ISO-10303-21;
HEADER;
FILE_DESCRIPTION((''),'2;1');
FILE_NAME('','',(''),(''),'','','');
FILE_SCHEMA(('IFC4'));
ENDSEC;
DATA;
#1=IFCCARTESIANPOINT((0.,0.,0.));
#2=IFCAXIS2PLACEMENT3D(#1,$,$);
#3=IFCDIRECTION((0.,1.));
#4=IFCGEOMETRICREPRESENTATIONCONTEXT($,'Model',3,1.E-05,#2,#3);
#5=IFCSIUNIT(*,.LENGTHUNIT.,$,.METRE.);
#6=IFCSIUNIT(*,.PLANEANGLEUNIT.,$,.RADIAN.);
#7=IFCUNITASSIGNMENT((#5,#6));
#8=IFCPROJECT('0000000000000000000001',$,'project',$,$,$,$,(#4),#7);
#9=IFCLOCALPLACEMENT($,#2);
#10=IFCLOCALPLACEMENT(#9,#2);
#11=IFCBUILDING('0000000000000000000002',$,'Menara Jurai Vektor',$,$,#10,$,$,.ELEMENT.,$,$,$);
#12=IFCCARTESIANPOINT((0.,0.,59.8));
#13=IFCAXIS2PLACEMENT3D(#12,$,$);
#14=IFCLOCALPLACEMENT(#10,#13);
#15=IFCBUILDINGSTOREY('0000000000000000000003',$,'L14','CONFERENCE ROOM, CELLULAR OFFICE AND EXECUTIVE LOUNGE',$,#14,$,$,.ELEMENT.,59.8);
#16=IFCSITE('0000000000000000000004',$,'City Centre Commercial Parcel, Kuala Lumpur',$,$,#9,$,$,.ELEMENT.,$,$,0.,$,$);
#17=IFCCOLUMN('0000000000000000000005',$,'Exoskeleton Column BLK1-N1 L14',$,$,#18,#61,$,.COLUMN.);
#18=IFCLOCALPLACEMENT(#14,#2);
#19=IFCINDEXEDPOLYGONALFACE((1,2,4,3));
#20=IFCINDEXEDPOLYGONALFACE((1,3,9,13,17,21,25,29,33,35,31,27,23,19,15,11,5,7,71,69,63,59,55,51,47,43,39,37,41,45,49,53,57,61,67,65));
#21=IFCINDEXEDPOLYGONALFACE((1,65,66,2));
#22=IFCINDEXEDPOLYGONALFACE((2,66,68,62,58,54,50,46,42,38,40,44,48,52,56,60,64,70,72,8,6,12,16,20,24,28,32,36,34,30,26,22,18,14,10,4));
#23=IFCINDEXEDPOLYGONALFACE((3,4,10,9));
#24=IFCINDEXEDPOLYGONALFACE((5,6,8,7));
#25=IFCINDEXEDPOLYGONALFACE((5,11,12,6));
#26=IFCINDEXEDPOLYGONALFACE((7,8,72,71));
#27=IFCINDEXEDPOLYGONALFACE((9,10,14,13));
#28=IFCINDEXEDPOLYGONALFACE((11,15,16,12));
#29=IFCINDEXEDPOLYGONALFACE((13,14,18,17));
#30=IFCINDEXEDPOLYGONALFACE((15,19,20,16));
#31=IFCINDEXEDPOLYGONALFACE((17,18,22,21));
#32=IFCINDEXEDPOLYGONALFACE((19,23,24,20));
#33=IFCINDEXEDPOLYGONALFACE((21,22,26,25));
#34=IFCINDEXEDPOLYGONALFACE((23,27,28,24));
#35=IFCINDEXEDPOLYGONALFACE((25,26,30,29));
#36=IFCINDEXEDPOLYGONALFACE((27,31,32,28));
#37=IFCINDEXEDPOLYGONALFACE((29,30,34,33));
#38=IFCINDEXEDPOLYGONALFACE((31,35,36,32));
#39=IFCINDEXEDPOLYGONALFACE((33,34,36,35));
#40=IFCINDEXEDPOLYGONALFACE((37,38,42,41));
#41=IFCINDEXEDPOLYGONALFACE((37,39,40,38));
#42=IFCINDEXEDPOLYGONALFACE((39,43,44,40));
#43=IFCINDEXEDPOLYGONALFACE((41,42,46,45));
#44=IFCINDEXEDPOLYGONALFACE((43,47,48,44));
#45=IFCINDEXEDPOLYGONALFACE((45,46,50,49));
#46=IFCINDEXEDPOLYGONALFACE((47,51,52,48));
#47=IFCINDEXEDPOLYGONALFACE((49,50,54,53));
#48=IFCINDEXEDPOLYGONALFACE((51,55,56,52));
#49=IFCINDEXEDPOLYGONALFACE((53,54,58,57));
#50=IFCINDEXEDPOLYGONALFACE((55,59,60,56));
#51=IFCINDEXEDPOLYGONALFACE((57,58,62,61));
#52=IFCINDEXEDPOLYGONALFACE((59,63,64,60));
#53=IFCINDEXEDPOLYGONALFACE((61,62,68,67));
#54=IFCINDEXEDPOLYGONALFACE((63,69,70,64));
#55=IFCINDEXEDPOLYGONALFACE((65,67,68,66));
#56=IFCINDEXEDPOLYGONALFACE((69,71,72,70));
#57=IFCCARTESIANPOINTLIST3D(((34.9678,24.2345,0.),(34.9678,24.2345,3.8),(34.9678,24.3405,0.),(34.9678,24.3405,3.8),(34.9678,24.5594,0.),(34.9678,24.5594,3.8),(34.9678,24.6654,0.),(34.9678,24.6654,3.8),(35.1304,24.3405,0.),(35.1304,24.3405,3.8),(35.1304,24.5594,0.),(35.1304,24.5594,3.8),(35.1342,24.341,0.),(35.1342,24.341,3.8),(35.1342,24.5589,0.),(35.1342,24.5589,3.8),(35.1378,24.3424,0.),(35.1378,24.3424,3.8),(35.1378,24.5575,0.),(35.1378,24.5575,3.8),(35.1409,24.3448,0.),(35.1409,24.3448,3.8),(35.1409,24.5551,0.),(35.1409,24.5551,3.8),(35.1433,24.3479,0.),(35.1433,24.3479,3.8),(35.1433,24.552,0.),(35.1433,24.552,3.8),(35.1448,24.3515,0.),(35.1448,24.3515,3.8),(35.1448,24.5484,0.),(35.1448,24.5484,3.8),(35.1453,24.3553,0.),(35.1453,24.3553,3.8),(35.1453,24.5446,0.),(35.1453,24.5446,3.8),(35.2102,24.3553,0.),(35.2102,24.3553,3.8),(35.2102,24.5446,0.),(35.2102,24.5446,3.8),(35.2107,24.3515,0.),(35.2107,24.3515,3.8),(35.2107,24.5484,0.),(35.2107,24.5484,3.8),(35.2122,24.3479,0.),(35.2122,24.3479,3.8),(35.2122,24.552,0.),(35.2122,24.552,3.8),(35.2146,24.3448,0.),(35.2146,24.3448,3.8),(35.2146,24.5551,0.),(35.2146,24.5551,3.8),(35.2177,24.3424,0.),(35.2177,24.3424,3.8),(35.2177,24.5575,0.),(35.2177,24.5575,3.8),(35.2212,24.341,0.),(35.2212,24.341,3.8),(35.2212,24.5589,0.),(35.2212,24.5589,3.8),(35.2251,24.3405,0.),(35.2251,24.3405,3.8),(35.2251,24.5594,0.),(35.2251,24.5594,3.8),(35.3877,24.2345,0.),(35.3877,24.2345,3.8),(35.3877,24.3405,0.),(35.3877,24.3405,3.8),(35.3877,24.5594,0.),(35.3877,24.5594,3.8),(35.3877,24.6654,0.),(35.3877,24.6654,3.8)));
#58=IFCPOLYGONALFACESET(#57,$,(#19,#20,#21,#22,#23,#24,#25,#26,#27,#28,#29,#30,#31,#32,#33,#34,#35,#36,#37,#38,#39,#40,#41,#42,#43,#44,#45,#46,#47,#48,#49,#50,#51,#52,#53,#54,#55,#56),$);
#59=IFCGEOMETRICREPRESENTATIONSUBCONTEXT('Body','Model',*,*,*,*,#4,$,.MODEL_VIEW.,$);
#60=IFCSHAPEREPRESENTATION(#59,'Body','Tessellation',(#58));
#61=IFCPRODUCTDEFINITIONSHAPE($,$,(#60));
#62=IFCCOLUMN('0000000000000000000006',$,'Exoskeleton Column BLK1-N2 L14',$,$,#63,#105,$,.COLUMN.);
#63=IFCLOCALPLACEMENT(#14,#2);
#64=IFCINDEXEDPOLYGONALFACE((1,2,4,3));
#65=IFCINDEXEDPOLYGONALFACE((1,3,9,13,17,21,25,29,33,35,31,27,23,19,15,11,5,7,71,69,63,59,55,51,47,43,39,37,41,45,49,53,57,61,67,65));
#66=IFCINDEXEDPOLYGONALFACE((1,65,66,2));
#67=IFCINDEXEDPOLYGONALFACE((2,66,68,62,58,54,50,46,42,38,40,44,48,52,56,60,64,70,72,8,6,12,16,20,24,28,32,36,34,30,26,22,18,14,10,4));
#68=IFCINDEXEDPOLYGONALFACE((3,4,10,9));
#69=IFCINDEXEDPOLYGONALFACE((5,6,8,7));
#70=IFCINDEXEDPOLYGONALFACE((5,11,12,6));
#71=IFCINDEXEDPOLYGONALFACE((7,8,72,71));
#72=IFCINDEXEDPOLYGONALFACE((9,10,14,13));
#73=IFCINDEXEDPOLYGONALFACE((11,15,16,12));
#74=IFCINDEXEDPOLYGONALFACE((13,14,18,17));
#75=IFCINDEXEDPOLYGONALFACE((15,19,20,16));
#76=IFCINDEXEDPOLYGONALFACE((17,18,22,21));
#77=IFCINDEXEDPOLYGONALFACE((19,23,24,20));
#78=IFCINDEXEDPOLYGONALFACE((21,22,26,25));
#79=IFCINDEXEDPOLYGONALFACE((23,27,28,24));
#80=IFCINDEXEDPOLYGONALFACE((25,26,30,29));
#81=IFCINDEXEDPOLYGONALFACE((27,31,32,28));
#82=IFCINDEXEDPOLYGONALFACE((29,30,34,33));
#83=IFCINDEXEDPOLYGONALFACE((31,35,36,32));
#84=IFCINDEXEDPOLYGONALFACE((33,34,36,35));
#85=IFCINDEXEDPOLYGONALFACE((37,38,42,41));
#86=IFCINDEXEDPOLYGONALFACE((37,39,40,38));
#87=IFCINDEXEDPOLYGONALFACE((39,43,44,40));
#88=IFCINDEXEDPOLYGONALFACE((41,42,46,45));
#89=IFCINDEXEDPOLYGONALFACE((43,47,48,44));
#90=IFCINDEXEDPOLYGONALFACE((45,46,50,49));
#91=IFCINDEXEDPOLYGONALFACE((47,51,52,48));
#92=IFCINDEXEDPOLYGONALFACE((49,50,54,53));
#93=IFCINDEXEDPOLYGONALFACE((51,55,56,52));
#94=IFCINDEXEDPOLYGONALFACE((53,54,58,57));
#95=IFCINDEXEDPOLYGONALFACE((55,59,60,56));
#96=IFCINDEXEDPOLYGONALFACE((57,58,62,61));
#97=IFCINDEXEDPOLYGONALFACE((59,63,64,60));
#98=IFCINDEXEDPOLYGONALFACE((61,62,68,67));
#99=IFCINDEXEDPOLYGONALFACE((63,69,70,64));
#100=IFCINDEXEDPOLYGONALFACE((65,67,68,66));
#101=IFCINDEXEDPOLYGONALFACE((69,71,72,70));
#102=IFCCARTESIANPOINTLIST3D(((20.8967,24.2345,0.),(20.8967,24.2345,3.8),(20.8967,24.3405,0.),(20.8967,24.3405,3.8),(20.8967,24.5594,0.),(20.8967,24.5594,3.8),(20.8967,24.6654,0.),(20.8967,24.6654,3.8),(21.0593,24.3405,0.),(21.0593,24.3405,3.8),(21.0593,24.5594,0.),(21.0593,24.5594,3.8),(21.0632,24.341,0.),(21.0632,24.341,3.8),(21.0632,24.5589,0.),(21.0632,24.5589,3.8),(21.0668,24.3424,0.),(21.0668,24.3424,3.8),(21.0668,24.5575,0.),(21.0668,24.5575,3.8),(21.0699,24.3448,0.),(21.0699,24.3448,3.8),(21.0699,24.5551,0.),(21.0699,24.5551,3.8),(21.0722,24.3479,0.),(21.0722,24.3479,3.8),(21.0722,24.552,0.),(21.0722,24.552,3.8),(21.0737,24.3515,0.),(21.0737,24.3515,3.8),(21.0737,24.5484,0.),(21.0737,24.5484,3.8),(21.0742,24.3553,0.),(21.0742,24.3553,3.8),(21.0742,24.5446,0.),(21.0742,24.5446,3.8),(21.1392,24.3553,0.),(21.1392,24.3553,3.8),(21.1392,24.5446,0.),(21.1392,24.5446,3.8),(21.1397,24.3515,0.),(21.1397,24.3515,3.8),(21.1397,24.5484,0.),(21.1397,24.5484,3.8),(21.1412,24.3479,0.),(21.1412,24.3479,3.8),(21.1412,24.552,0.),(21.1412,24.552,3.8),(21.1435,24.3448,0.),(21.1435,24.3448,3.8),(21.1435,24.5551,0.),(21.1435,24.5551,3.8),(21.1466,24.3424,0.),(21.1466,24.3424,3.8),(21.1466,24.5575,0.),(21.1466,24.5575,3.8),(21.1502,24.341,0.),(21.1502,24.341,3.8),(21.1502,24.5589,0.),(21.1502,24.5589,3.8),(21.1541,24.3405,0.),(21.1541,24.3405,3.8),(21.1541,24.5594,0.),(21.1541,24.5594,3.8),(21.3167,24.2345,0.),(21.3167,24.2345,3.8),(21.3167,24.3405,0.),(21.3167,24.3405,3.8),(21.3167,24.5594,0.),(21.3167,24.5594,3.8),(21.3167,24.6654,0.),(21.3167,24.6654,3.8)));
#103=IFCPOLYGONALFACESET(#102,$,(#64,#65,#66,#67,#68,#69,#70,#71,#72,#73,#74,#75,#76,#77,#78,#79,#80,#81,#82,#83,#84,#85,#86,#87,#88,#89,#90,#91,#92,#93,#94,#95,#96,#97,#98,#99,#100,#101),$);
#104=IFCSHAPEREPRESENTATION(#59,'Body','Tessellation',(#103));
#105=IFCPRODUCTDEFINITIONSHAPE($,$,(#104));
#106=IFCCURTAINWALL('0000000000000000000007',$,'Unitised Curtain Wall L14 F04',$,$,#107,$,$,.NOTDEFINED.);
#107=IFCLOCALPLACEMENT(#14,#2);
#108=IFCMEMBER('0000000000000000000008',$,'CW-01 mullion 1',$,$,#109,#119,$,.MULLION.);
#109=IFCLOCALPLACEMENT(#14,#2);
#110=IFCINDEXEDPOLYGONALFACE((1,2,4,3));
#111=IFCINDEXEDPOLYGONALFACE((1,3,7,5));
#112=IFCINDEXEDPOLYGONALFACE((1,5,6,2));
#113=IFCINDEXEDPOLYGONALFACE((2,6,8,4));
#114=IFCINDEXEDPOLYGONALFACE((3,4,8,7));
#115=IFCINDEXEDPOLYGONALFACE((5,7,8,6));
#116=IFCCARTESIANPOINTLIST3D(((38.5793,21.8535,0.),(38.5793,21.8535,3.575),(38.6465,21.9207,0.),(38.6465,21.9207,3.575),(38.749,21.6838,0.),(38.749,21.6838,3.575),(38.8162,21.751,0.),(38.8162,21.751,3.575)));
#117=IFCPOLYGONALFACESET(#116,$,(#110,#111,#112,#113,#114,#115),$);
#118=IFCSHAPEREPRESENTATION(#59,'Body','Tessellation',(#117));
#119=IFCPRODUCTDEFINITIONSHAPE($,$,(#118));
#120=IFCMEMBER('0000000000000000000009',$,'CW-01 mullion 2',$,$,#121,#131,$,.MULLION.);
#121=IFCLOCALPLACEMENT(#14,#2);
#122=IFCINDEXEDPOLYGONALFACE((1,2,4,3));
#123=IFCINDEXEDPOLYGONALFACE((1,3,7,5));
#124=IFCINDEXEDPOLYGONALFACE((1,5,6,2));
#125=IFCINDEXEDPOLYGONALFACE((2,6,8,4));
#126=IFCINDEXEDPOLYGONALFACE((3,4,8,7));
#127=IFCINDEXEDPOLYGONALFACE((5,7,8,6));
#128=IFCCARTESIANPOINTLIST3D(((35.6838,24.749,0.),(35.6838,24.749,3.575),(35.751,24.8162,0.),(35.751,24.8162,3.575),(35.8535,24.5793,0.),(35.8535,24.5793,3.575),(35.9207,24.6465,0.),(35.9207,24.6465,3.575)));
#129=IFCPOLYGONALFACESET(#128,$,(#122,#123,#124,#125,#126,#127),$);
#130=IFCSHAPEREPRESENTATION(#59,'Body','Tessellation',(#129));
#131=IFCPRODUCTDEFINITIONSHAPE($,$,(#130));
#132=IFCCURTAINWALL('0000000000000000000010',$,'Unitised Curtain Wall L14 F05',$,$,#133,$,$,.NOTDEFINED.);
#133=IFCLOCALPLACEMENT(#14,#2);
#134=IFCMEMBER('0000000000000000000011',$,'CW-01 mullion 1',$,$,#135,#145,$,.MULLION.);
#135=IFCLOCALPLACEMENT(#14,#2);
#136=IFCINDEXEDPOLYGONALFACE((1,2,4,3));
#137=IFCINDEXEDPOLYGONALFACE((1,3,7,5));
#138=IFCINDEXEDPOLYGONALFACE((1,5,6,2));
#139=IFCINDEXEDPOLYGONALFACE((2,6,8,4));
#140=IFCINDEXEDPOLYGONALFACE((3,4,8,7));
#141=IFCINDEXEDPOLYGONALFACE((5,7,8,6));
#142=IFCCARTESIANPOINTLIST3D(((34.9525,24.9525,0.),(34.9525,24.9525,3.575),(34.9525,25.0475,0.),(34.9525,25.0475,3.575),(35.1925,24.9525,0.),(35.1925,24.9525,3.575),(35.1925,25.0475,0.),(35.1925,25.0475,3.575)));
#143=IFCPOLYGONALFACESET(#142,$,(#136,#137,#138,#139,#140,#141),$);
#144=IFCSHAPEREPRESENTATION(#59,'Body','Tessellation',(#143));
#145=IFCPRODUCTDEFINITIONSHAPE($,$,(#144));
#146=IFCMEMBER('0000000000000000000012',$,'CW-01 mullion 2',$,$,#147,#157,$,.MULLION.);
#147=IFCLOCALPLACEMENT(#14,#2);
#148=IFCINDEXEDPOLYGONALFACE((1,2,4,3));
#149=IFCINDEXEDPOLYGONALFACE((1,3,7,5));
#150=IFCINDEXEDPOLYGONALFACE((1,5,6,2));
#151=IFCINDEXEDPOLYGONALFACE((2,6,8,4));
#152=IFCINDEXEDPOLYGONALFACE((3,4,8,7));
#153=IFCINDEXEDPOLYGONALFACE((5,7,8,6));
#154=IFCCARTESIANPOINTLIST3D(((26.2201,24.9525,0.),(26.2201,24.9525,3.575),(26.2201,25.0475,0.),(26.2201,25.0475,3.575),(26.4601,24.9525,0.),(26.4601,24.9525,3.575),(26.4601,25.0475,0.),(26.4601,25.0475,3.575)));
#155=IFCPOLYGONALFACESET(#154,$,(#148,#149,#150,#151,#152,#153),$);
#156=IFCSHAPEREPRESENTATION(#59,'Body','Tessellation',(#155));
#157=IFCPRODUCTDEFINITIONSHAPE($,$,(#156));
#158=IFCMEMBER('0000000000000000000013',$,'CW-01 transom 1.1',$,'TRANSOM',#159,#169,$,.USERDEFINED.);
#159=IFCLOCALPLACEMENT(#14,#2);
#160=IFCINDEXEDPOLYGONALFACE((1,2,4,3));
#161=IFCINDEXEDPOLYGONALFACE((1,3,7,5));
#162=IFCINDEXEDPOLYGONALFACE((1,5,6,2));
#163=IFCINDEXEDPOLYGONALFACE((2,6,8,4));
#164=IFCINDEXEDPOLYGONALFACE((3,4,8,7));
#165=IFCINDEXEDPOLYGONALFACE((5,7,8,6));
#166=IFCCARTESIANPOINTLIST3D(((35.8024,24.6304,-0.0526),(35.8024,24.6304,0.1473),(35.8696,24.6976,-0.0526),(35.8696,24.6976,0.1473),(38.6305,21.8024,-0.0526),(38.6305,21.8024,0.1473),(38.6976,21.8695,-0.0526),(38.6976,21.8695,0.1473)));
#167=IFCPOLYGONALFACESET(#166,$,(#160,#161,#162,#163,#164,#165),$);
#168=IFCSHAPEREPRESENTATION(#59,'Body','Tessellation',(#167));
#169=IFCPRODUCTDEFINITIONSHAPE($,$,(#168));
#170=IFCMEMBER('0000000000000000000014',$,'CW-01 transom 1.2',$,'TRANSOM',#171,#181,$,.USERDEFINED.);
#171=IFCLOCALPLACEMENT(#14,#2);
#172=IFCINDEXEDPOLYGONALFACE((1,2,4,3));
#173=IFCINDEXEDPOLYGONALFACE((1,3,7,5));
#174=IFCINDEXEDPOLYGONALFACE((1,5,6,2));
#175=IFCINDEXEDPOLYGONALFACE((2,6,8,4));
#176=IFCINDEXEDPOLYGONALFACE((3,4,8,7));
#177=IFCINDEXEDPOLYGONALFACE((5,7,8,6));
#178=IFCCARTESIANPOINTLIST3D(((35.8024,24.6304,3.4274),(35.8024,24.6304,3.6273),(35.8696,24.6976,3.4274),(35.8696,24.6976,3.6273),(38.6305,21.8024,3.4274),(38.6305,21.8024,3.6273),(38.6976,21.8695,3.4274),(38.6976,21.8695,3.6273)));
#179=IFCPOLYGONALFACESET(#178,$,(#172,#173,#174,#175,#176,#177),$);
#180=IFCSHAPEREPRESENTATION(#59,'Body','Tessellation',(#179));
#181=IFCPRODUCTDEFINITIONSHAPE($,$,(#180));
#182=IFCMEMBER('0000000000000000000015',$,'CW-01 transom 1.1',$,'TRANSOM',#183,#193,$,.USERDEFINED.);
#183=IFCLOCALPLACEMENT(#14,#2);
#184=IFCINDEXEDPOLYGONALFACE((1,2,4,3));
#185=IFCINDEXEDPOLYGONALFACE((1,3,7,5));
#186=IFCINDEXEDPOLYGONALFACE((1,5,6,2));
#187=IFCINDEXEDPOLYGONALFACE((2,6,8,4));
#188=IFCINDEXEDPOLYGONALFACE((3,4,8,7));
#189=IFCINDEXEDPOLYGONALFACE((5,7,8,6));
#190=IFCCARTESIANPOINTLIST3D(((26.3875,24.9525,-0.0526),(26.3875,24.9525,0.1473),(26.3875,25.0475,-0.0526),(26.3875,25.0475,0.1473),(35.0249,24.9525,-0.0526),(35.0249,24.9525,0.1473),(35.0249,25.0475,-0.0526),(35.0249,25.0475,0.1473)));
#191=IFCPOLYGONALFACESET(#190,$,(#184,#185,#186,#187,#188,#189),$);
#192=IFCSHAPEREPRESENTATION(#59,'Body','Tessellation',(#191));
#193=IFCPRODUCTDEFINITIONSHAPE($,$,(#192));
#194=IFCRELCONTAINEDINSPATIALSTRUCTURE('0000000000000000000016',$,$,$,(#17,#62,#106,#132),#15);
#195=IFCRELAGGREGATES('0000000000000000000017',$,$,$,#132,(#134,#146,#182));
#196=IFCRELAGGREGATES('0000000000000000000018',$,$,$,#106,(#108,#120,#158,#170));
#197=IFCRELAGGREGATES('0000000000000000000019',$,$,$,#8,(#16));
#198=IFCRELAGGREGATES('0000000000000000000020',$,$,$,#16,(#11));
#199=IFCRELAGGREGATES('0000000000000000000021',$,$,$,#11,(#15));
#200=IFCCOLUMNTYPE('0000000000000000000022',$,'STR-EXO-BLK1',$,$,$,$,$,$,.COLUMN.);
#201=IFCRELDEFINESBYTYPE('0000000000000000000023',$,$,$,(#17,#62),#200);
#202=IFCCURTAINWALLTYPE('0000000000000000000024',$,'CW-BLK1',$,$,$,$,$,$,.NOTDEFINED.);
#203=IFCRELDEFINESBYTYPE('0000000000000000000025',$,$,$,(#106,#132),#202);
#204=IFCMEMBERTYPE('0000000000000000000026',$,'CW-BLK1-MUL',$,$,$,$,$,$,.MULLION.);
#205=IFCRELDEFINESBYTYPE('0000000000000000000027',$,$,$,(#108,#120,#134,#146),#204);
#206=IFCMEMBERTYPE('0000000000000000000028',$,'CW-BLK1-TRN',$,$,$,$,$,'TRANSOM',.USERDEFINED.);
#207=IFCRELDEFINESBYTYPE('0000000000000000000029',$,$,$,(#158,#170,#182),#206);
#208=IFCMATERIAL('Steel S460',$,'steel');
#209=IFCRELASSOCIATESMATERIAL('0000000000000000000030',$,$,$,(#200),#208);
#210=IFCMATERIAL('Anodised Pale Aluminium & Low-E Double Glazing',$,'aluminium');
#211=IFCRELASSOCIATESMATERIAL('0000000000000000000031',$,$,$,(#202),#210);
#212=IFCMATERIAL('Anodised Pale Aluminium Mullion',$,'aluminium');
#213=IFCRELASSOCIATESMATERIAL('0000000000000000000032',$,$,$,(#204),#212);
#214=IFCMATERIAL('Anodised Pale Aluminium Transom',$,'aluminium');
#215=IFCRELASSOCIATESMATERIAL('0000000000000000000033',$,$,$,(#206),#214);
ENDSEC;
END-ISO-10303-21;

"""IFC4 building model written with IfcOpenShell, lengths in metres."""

from ifc_helpers import new_model, si_unit, direction, frame, origin, origin_2d, place, context, subcontext, project, spatial, rectangle, i_section, extrude, material, material_profile, profile_set, type_object, element, aggregate, save


model = new_model("IFC4")

# Units and contexts
model_context = context("Model", 3, precision=1e-05, world=origin(), true_north=direction((0.0, 1.0)))
body_context = subcontext(model_context, "Body", "Model", "MODEL_VIEW")
ifc_project = project(units=[si_unit("LENGTHUNIT", "METRE"), si_unit("PLANEANGLEUNIT", "RADIAN")], contexts=[model_context])

# Site, building, storey
site_placement = place(None, origin())
site = spatial("IfcSite", under=ifc_project, at=site_placement, Name="City Centre Commercial Parcel, Kuala Lumpur", CompositionType="ELEMENT", RefElevation=0.0)
building_placement = place(site_placement, origin())
building = spatial("IfcBuilding", under=site, at=building_placement, Name="Menara Jurai Vektor", CompositionType="ELEMENT")
storey_placement = place(building_placement, frame((0.0, 0.0, 59.8)))
storey = spatial("IfcBuildingStorey", under=building, at=storey_placement, Name="L14", Description="CONFERENCE ROOM, CELLULAR OFFICE AND EXECUTIVE LOUNGE", CompositionType="ELEMENT", Elevation=59.8)

# Columns
ifc_material_1 = material(Name="Steel S460", Category="steel")
ifc_material_profile_1 = material_profile(ifc_material_1, i_section(OverallWidth=0.4199, OverallDepth=0.4309, WebThickness=0.0649, FlangeThickness=0.106, FilletRadius=0.0149, at=origin_2d()), Name="HD 400x900")
ifc_profile_set_1 = profile_set([ifc_material_profile_1], Name="Steel S460")
column_type = type_object("IfcColumnType", Name="STR-EXO-BLK1", PredefinedType="COLUMN", material=ifc_profile_set_1)
for number, where, z_axis, x_axis, name in (
    (1, (35.1777, 24.45, 0.0), (0.0, 0.0, 1.0), (1.0, 0.0, 0.0), "Exoskeleton Column BLK1-N1 L14"),
    (2, (21.1067, 24.45, 0.0), (0.0, 0.0, 1.0), (1.0, 0.0, 0.0), "Exoskeleton Column BLK1-N2 L14"),
):
    element("IfcColumn", number, at=place(storey_placement, frame(where, z_axis=z_axis, x_axis=x_axis)), inside=storey, type_object=column_type, Name=name, PredefinedType="COLUMN", context=body_context, shape_type="SweptSolid", body=[
        extrude(i_section(OverallWidth=0.4199, OverallDepth=0.4309, WebThickness=0.0649, FlangeThickness=0.106, FilletRadius=0.0149, at=origin_2d()), origin(), (0.0, 0.0, 1.0), 3.8),
    ])

# Curtain walls, members
ifc_material_2 = material(Name="Anodised Pale Aluminium & Low-E Double Glazing", Category="aluminium")
curtain_wall_type = type_object("IfcCurtainWallType", Name="CW-BLK1", PredefinedType="NOTDEFINED", material=ifc_material_2)
curtain_wall_1_placement = place(storey_placement, origin())
curtain_wall_1 = element("IfcCurtainWall", 3, at=curtain_wall_1_placement, inside=storey, type_object=curtain_wall_type, Name="Unitised Curtain Wall L14 F04", PredefinedType="NOTDEFINED")
ifc_material_3 = material(Name="Anodised Pale Aluminium Mullion", Category="aluminium")
ifc_material_profile_2 = material_profile(ifc_material_3, rectangle(XDim=0.095, YDim=0.24, at=origin_2d()), Name="ALU MUL 95x240")
ifc_profile_set_2 = profile_set([ifc_material_profile_2], Name="Anodised Pale Aluminium Mullion")
member_type_1 = type_object("IfcMemberType", Name="CW-BLK1-MUL", PredefinedType="MULLION", material=ifc_profile_set_2)
member_1_placement = place(storey_placement, frame((38.6978, 21.8022, 0.0), z_axis=(0.0, 0.0, 1.0), x_axis=(-0.707107, -0.707107, 0.0)))
member_1 = element("IfcMember", 4, at=member_1_placement, type_object=member_type_1, Name="CW-01 mullion 1", PredefinedType="MULLION", context=body_context, shape_type="SweptSolid", body=[
    extrude(rectangle(XDim=0.095, YDim=0.24, at=origin_2d()), origin(), (0.0, 0.0, 1.0), 3.575),
])
member_2_placement = place(storey_placement, frame((35.8022, 24.6978, 0.0), z_axis=(0.0, 0.0, 1.0), x_axis=(-0.707107, -0.707107, 0.0)))
member_2 = element("IfcMember", 5, at=member_2_placement, type_object=member_type_1, Name="CW-01 mullion 2", PredefinedType="MULLION", context=body_context, shape_type="SweptSolid", body=[
    extrude(rectangle(XDim=0.095, YDim=0.24, at=origin_2d()), origin(), (0.0, 0.0, 1.0), 3.575),
])
curtain_wall_2_placement = place(storey_placement, origin())
curtain_wall_2 = element("IfcCurtainWall", 6, at=curtain_wall_2_placement, inside=storey, type_object=curtain_wall_type, Name="Unitised Curtain Wall L14 F05", PredefinedType="NOTDEFINED")
member_3_placement = place(storey_placement, frame((35.0725, 25.0, 0.0), z_axis=(0.0, 0.0, 1.0), x_axis=(0.0, -1.0, 0.0)))
member_3 = element("IfcMember", 7, at=member_3_placement, type_object=member_type_1, Name="CW-01 mullion 1", PredefinedType="MULLION", context=body_context, shape_type="SweptSolid", body=[
    extrude(rectangle(XDim=0.095, YDim=0.24, at=origin_2d()), origin(), (0.0, 0.0, 1.0), 3.575),
])
member_4_placement = place(storey_placement, frame((26.3401, 25.0, 0.0), z_axis=(0.0, 0.0, 1.0), x_axis=(0.0, -1.0, 0.0)))
member_4 = element("IfcMember", 8, at=member_4_placement, type_object=member_type_1, Name="CW-01 mullion 2", PredefinedType="MULLION", context=body_context, shape_type="SweptSolid", body=[
    extrude(rectangle(XDim=0.095, YDim=0.24, at=origin_2d()), origin(), (0.0, 0.0, 1.0), 3.575),
])

# Members
ifc_material_4 = material(Name="Anodised Pale Aluminium Transom", Category="aluminium")
ifc_material_profile_3 = material_profile(ifc_material_4, rectangle(XDim=0.095, YDim=0.2, at=origin_2d()), Name="ALU TRN 95x200")
ifc_profile_set_3 = profile_set([ifc_material_profile_3], Name="Anodised Pale Aluminium Transom")
member_type_2 = type_object("IfcMemberType", Name="CW-BLK1-TRN", ElementType="TRANSOM", PredefinedType="USERDEFINED", material=ifc_profile_set_3)
member_5_placement = place(storey_placement, frame((38.6641, 21.8359, 0.0474), z_axis=(-0.707107, 0.707107, 0.0), x_axis=(-0.707107, -0.707107, 0.0)))
member_5 = element("IfcMember", 9, at=member_5_placement, type_object=member_type_2, Name="CW-01 transom 1.1", ObjectType="TRANSOM", PredefinedType="USERDEFINED", context=body_context, shape_type="SweptSolid", body=[
    extrude(rectangle(XDim=0.095, YDim=0.2, at=origin_2d()), origin(), (0.0, 0.0, 1.0), 3.9995),
])
member_6_placement = place(storey_placement, frame((38.6641, 21.8359, 3.5273), z_axis=(-0.707107, 0.707107, 0.0), x_axis=(-0.707107, -0.707107, 0.0)))
member_6 = element("IfcMember", 10, at=member_6_placement, type_object=member_type_2, Name="CW-01 transom 1.2", ObjectType="TRANSOM", PredefinedType="USERDEFINED", context=body_context, shape_type="SweptSolid", body=[
    extrude(rectangle(XDim=0.095, YDim=0.2, at=origin_2d()), origin(), (0.0, 0.0, 1.0), 3.9995),
])
member_7_placement = place(storey_placement, frame((35.0249, 25.0, 0.0474), z_axis=(-1.0, 0.0, 0.0), x_axis=(0.0, -1.0, 0.0)))
member_7 = element("IfcMember", 11, at=member_7_placement, type_object=member_type_2, Name="CW-01 transom 1.1", ObjectType="TRANSOM", PredefinedType="USERDEFINED", context=body_context, shape_type="SweptSolid", body=[
    extrude(rectangle(XDim=0.095, YDim=0.2, at=origin_2d()), origin(), (0.0, 0.0, 1.0), 8.6375),
])

aggregate(curtain_wall_2, [member_3, member_4, member_7])
aggregate(curtain_wall_1, [member_1, member_2, member_5, member_6])

save(model, "model.ifc")
